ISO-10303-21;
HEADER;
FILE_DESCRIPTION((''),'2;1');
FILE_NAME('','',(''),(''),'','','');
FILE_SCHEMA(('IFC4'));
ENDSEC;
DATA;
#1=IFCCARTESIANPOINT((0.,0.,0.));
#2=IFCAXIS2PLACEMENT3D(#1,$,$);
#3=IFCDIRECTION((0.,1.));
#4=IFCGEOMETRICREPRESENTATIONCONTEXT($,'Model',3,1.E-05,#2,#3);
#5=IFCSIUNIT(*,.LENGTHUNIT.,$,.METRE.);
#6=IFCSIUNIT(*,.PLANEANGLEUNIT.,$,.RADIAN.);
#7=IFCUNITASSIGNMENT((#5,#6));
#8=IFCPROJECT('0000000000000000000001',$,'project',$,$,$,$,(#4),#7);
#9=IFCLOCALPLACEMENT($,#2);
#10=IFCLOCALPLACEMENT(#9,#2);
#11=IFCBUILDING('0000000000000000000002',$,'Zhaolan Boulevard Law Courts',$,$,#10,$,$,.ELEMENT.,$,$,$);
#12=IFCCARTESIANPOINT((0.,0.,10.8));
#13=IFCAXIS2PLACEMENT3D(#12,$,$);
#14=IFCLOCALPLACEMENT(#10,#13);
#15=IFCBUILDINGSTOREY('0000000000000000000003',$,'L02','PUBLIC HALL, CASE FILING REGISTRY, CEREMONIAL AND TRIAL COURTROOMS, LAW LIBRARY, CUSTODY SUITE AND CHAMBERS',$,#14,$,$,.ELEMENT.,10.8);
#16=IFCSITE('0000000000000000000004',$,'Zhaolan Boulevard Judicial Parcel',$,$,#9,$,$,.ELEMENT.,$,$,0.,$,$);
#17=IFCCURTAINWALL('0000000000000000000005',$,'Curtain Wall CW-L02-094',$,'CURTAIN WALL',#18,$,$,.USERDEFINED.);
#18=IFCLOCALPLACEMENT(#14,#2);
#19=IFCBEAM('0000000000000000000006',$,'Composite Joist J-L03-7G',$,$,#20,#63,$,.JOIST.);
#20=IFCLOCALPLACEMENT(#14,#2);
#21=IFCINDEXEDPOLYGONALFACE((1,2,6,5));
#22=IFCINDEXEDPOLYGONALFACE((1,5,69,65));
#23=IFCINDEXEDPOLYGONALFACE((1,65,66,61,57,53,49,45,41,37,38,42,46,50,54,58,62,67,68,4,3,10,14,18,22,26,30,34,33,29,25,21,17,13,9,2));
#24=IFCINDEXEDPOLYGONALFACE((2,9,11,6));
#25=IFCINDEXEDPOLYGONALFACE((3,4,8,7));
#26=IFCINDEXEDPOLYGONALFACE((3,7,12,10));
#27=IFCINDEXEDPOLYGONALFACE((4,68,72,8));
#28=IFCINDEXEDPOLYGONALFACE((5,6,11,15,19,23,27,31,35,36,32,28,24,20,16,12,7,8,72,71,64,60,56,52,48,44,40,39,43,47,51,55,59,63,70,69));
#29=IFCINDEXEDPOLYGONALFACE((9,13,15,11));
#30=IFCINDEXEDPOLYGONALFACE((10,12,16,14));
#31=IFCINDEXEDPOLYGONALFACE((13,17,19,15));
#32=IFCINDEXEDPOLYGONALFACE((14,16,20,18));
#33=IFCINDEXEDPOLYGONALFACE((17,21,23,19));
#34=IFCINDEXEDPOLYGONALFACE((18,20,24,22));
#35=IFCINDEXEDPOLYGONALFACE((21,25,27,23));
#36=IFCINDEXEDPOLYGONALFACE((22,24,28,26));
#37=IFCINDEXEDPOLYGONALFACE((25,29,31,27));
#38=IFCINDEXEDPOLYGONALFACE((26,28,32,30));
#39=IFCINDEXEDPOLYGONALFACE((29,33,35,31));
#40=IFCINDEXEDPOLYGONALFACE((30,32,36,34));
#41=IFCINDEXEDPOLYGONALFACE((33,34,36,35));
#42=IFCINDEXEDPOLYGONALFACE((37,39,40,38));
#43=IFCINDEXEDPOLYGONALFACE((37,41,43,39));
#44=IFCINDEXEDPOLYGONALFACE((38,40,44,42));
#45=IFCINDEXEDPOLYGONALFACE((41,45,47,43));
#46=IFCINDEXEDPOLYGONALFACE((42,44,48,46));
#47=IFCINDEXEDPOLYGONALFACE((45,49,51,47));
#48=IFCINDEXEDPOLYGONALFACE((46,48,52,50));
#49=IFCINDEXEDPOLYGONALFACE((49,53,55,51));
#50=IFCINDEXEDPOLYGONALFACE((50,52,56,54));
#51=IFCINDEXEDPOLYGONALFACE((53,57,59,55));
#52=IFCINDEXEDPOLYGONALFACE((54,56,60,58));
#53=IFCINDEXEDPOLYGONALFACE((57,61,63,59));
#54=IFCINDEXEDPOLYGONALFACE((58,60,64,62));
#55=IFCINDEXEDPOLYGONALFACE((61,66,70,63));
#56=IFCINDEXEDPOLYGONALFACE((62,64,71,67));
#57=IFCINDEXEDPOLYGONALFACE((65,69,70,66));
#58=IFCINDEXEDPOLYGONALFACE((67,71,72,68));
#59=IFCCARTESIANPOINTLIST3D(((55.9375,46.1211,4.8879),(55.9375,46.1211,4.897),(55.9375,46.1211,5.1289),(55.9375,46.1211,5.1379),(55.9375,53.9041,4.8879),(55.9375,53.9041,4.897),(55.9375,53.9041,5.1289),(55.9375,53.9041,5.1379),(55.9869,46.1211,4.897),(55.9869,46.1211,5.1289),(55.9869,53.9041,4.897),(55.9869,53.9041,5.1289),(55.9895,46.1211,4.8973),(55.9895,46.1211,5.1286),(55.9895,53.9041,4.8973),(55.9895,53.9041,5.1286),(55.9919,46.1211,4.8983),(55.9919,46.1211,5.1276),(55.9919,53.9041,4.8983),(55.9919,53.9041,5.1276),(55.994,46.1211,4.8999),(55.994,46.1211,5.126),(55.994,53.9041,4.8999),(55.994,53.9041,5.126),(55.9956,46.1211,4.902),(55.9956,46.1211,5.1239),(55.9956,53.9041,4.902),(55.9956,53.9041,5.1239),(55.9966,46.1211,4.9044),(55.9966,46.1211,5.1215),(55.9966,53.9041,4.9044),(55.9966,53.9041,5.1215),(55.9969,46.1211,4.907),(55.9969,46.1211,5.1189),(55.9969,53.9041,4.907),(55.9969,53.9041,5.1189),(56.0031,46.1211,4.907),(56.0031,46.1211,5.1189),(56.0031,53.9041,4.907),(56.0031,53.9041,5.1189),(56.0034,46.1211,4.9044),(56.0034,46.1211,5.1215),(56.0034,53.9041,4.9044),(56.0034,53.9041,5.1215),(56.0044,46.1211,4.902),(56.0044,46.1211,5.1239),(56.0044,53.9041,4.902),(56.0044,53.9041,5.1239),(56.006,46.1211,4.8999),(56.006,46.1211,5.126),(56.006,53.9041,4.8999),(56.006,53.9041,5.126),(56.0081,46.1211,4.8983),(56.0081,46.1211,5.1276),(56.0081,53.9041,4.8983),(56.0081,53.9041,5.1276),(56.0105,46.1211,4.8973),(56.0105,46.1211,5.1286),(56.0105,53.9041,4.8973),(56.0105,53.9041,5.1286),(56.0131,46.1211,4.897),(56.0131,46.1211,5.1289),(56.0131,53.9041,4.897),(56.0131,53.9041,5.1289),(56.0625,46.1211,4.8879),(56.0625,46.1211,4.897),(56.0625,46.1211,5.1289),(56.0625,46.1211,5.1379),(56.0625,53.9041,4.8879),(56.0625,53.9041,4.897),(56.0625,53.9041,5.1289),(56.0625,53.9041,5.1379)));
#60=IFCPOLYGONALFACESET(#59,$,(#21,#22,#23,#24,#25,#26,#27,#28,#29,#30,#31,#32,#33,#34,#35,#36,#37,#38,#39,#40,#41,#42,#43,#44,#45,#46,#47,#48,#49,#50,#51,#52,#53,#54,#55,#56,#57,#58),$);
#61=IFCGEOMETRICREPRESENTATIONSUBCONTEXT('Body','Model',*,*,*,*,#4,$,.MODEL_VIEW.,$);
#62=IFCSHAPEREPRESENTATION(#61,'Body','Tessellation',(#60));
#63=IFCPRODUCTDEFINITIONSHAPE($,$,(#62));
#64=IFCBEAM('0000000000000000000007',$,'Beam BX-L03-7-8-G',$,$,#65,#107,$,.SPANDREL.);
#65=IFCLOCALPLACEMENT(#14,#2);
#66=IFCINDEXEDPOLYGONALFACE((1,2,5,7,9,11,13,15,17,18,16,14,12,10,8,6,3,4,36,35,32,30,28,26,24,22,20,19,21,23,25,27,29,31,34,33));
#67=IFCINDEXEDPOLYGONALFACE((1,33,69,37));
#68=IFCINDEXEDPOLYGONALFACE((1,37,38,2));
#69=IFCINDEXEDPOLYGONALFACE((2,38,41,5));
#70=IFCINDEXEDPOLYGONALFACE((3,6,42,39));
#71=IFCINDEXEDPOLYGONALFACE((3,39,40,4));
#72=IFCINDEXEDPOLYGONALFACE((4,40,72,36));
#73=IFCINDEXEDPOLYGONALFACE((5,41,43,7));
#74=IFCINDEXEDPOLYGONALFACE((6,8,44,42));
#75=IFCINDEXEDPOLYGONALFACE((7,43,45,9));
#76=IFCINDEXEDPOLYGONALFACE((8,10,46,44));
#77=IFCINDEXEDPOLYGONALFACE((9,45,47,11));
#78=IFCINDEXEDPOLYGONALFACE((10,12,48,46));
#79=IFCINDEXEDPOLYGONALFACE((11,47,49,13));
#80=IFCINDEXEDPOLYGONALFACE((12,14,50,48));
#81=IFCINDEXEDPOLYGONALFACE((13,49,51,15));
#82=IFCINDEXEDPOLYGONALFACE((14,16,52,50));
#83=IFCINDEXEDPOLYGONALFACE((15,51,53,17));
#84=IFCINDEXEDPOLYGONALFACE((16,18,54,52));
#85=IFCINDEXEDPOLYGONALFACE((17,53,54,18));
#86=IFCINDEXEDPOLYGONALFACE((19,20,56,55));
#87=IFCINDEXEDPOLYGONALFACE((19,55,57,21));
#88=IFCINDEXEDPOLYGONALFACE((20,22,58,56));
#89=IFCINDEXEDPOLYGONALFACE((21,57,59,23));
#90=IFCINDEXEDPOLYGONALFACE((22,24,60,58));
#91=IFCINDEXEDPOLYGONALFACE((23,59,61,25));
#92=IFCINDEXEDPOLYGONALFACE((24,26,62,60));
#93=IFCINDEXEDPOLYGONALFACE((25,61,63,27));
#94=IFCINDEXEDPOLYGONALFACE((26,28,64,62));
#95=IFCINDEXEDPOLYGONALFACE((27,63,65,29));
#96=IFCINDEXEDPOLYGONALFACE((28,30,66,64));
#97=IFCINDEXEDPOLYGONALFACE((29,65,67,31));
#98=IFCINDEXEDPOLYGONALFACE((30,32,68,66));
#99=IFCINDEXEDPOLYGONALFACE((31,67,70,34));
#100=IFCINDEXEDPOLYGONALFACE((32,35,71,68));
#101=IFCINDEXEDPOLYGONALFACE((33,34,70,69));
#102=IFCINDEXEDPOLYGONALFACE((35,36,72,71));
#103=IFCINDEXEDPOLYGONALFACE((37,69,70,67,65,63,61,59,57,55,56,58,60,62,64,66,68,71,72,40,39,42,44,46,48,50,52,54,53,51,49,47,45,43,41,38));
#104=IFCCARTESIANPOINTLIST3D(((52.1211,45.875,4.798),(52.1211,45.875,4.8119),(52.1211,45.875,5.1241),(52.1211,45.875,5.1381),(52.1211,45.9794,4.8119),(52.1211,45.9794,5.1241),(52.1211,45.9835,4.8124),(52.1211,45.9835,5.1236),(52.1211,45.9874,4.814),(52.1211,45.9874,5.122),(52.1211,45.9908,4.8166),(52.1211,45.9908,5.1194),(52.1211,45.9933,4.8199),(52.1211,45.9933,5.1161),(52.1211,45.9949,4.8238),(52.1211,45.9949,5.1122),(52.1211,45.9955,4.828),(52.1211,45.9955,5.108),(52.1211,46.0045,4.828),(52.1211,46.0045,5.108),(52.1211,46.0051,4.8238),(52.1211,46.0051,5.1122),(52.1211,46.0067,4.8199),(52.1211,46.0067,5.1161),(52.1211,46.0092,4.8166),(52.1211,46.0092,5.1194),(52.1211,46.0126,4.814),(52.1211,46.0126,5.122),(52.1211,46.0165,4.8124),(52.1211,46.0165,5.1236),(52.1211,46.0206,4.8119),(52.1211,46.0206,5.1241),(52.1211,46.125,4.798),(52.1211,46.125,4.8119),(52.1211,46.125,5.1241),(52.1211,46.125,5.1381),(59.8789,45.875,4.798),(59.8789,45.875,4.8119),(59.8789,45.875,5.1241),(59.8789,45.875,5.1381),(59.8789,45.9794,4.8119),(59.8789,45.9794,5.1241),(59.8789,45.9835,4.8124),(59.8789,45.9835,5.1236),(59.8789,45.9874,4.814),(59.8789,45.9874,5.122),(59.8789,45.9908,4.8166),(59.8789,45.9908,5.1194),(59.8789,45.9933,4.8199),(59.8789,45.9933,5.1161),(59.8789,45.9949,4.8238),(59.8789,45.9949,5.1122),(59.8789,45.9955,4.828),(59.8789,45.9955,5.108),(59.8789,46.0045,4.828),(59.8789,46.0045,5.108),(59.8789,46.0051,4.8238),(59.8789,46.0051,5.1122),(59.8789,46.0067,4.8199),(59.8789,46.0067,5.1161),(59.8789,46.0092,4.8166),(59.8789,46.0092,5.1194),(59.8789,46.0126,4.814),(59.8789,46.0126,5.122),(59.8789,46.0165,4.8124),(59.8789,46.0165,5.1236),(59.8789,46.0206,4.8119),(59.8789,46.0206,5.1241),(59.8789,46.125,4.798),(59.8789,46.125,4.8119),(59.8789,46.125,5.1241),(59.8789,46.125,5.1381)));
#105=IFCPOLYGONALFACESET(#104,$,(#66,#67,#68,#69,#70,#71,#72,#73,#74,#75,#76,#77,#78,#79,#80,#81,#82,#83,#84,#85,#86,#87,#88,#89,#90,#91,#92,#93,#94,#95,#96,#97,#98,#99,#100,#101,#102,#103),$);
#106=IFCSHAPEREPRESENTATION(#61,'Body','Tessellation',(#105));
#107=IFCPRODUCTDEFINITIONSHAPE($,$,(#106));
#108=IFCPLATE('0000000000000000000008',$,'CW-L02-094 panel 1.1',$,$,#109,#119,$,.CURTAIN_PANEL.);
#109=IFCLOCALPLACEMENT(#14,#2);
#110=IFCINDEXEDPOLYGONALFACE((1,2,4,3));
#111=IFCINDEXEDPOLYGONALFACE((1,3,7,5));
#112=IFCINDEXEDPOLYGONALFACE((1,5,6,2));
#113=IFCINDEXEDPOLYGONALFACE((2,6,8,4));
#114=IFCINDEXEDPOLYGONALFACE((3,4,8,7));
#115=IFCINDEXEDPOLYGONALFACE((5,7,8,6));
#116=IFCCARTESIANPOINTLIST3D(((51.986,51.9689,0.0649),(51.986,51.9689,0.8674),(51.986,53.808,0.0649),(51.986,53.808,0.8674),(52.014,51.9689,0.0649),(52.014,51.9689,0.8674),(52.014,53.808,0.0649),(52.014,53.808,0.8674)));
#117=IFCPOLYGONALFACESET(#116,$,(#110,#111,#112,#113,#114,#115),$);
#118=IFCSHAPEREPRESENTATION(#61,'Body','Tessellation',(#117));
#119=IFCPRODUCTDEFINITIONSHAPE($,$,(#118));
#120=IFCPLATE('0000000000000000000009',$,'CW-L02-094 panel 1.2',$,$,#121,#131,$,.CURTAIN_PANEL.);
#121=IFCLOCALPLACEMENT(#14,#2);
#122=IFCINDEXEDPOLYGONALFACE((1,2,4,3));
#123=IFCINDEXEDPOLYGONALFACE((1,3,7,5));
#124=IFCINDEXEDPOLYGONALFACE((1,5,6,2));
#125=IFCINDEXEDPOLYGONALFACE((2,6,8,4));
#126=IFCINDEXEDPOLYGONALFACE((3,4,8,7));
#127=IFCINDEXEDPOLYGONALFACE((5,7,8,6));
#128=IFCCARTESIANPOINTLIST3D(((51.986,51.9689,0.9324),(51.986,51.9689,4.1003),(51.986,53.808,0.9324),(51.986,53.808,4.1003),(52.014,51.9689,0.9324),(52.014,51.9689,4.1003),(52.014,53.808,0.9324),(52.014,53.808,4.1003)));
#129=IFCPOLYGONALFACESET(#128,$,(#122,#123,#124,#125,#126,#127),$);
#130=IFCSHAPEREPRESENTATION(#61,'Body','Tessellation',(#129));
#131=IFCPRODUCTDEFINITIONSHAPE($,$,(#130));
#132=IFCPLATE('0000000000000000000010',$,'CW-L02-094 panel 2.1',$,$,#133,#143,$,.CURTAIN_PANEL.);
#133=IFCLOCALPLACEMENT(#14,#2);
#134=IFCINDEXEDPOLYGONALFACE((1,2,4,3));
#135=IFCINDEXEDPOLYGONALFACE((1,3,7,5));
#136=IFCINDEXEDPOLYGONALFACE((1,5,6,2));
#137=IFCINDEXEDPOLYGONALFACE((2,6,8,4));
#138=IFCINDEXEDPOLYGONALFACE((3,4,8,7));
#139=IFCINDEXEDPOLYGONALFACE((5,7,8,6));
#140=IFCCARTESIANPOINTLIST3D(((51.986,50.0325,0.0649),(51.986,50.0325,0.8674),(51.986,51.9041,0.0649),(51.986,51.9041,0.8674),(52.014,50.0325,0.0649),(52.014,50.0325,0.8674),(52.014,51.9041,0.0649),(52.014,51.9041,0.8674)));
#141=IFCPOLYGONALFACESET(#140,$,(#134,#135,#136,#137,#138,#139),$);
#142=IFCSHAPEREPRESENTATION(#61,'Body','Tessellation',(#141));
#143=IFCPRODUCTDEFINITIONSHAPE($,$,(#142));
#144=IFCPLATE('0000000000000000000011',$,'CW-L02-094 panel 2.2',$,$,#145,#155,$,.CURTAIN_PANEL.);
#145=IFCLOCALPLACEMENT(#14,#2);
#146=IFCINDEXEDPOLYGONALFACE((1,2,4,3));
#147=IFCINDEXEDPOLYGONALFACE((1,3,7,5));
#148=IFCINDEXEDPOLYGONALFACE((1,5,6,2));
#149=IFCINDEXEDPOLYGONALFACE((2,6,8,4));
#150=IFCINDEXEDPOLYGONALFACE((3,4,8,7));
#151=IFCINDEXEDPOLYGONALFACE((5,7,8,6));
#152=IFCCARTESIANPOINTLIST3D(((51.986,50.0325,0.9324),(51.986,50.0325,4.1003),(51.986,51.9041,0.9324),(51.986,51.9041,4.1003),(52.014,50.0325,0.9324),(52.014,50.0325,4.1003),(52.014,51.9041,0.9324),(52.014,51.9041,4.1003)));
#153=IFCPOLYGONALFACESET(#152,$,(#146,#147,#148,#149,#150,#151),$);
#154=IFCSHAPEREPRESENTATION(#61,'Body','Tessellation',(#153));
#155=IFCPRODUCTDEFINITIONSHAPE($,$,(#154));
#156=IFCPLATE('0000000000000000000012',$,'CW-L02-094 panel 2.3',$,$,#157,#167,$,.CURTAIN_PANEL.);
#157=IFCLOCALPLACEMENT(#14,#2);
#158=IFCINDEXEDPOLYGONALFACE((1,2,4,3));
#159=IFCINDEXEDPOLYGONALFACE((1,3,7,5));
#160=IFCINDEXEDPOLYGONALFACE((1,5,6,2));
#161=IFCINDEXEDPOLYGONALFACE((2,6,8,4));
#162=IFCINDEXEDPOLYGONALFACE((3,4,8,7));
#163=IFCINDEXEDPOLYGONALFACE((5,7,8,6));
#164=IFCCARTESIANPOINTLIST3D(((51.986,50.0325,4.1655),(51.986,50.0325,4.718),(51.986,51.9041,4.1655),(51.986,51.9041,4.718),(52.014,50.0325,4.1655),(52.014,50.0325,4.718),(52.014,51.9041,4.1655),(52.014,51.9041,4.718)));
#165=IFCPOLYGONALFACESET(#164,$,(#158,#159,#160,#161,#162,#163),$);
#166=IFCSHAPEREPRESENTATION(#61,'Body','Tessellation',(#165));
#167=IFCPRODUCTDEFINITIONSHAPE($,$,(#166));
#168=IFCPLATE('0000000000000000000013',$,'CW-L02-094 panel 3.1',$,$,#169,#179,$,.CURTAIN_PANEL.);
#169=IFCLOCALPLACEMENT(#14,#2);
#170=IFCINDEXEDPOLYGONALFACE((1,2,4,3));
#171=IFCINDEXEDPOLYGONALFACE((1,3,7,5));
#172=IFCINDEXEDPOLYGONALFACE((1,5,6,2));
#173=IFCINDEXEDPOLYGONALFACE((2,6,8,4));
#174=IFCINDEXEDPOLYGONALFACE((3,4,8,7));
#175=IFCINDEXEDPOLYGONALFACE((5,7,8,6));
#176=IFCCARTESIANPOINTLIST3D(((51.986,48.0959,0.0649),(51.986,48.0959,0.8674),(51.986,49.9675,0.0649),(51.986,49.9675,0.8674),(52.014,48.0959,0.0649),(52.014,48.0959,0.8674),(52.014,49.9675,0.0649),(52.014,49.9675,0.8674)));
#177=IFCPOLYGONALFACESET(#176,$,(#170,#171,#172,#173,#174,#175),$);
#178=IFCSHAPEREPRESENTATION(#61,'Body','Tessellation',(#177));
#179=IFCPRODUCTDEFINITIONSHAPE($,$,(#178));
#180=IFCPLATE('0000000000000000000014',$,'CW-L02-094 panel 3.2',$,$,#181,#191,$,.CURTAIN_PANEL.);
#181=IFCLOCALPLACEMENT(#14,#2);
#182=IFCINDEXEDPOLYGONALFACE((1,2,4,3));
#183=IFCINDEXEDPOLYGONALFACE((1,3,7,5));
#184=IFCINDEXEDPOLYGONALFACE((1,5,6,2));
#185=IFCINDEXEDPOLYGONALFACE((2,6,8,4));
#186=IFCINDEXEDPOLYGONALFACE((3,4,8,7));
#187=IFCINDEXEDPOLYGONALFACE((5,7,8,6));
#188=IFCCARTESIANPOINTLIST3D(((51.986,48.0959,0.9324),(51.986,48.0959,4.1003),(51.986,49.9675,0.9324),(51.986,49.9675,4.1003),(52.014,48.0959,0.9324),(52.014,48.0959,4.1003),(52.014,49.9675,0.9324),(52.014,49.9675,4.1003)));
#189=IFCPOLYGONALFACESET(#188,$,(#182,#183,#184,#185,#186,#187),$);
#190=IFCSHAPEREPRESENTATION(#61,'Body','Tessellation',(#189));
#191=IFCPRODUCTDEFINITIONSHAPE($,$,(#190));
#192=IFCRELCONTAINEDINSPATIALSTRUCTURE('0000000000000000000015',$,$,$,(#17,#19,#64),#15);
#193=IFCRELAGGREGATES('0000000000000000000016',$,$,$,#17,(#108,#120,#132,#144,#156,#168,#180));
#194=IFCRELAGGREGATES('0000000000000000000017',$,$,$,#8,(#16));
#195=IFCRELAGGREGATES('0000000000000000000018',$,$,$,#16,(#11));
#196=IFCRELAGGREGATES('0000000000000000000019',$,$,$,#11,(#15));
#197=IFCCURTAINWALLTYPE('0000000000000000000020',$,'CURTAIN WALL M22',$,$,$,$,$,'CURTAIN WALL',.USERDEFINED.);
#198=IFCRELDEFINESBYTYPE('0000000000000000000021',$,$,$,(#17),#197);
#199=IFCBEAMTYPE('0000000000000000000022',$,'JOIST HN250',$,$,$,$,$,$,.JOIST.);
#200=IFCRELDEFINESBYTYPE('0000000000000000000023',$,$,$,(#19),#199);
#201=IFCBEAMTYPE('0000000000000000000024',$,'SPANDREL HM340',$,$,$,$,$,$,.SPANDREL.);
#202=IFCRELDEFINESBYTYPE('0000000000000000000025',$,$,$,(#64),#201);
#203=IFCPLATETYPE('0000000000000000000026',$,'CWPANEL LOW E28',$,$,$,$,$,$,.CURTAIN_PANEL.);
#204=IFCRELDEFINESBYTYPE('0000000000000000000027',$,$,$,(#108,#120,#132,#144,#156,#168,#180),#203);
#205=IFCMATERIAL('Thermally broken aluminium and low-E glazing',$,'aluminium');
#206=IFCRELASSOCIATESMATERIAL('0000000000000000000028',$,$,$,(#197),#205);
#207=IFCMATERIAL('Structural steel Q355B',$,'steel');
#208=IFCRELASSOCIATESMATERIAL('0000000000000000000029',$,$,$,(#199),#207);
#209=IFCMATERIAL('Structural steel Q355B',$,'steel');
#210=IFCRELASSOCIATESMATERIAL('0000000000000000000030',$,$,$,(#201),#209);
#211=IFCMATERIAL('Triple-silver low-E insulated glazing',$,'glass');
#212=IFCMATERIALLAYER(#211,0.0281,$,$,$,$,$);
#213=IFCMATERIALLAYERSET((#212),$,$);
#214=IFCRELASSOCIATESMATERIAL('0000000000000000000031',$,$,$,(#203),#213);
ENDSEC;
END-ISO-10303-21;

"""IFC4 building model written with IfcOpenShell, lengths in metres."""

from ifc_helpers import new_model, si_unit, direction, frame, origin, origin_2d, place, context, subcontext, project, spatial, rectangle, i_section, extrude, material, layer, layer_set, material_profile, profile_set, type_object, element, aggregate, save


model = new_model("IFC4")

# Units and contexts
model_context = context("Model", 3, precision=1e-05, world=origin(), true_north=direction((0.0, 1.0)))
body_context = subcontext(model_context, "Body", "Model", "MODEL_VIEW")
ifc_project = project(units=[si_unit("LENGTHUNIT", "METRE"), si_unit("PLANEANGLEUNIT", "RADIAN")], contexts=[model_context])

# Site, building, storey
site_placement = place(None, origin())
site = spatial("IfcSite", under=ifc_project, at=site_placement, Name="Zhaolan Boulevard Judicial Parcel", CompositionType="ELEMENT", RefElevation=0.0)
building_placement = place(site_placement, origin())
building = spatial("IfcBuilding", under=site, at=building_placement, Name="Zhaolan Boulevard Law Courts", CompositionType="ELEMENT")
storey_placement = place(building_placement, frame((0.0, 0.0, 10.8)))
storey = spatial("IfcBuildingStorey", under=building, at=storey_placement, Name="L02", Description="PUBLIC HALL, CASE FILING REGISTRY, CEREMONIAL AND TRIAL COURTROOMS, LAW LIBRARY, CUSTODY SUITE AND CHAMBERS", CompositionType="ELEMENT", Elevation=10.8)

# Curtain wall
ifc_material_1 = material(Name="Thermally broken aluminium and low-E glazing", Category="aluminium")
curtain_wall_type = type_object("IfcCurtainWallType", Name="CURTAIN WALL M22", ElementType="CURTAIN WALL", PredefinedType="USERDEFINED", material=ifc_material_1)
curtain_wall_placement = place(storey_placement, origin())
curtain_wall = element("IfcCurtainWall", 1, at=curtain_wall_placement, inside=storey, type_object=curtain_wall_type, Name="Curtain Wall CW-L02-094", ObjectType="CURTAIN WALL", PredefinedType="USERDEFINED")

# Beams
ifc_material_2 = material(Name="Structural steel Q355B", Category="steel")
ifc_material_profile_1 = material_profile(ifc_material_2, i_section(OverallWidth=0.125, OverallDepth=0.25, WebThickness=0.0061, FlangeThickness=0.009, FilletRadius=0.01, at=origin_2d()), Name="HN250x125")
ifc_profile_set_1 = profile_set([ifc_material_profile_1], Name="Structural steel Q355B")
beam_type_1 = type_object("IfcBeamType", Name="JOIST HN250", PredefinedType="JOIST", material=ifc_profile_set_1)
beam_1_placement = place(storey_placement, frame((56.0, 46.1211, 5.0129), z_axis=(0.0, 1.0, 0.0), x_axis=(-1.0, 0.0, 0.0)))
element("IfcBeam", 2, at=beam_1_placement, inside=storey, type_object=beam_type_1, Name="Composite Joist J-L03-7G", PredefinedType="JOIST", context=body_context, shape_type="SweptSolid", body=[
    extrude(i_section(OverallWidth=0.125, OverallDepth=0.25, WebThickness=0.0061, FlangeThickness=0.009, FilletRadius=0.01, at=origin_2d()), origin(), (0.0, 0.0, 1.0), 7.783),
])
ifc_material_3 = material(Name="Structural steel Q355B", Category="steel")
ifc_material_profile_2 = material_profile(ifc_material_3, i_section(OverallWidth=0.25, OverallDepth=0.3401, WebThickness=0.009, FlangeThickness=0.0139, FilletRadius=0.0161, at=origin_2d()), Name="HM340x250")
ifc_profile_set_2 = profile_set([ifc_material_profile_2], Name="Structural steel Q355B")
beam_type_2 = type_object("IfcBeamType", Name="SPANDREL HM340", PredefinedType="SPANDREL", material=ifc_profile_set_2)
beam_2_placement = place(storey_placement, frame((52.1211, 46.0, 4.968), z_axis=(1.0, 0.0, 0.0), x_axis=(0.0, 1.0, 0.0)))
element("IfcBeam", 3, at=beam_2_placement, inside=storey, type_object=beam_type_2, Name="Beam BX-L03-7-8-G", PredefinedType="SPANDREL", context=body_context, shape_type="SweptSolid", body=[
    extrude(i_section(OverallWidth=0.25, OverallDepth=0.3401, WebThickness=0.009, FlangeThickness=0.0139, FilletRadius=0.0161, at=origin_2d()), origin(), (0.0, 0.0, 1.0), 7.7578),
])

# Plates
ifc_material_4 = material(Name="Triple-silver low-E insulated glazing", Category="glass")
ifc_layer = layer(ifc_material_4, 0.0281)
ifc_layer_set = layer_set([ifc_layer])
plate_type = type_object("IfcPlateType", Name="CWPANEL LOW E28", PredefinedType="CURTAIN_PANEL", material=ifc_layer_set)
plate_1_placement = place(storey_placement, frame((52.0, 52.8884, 0.0649), z_axis=(0.0, 0.0, 1.0), x_axis=(0.0, -1.0, 0.0)))
plate_1 = element("IfcPlate", 4, at=plate_1_placement, type_object=plate_type, Name="CW-L02-094 panel 1.1", PredefinedType="CURTAIN_PANEL", context=body_context, shape_type="SweptSolid", body=[
    extrude(rectangle(XDim=1.8391, YDim=0.0281, at=origin_2d()), origin(), (0.0, 0.0, 1.0), 0.8025),
])
plate_2_placement = place(storey_placement, frame((52.0, 52.8884, 0.9324), z_axis=(0.0, 0.0, 1.0), x_axis=(0.0, -1.0, 0.0)))
plate_2 = element("IfcPlate", 5, at=plate_2_placement, type_object=plate_type, Name="CW-L02-094 panel 1.2", PredefinedType="CURTAIN_PANEL", context=body_context, shape_type="SweptSolid", body=[
    extrude(rectangle(XDim=1.8391, YDim=0.0281, at=origin_2d()), origin(), (0.0, 0.0, 1.0), 3.168),
])
plate_3_placement = place(storey_placement, frame((52.0, 50.9683, 0.0649), z_axis=(0.0, 0.0, 1.0), x_axis=(0.0, -1.0, 0.0)))
plate_3 = element("IfcPlate", 6, at=plate_3_placement, type_object=plate_type, Name="CW-L02-094 panel 2.1", PredefinedType="CURTAIN_PANEL", context=body_context, shape_type="SweptSolid", body=[
    extrude(rectangle(XDim=1.8716, YDim=0.0281, at=origin_2d()), origin(), (0.0, 0.0, 1.0), 0.8025),
])
plate_4_placement = place(storey_placement, frame((52.0, 50.9683, 0.9324), z_axis=(0.0, 0.0, 1.0), x_axis=(0.0, -1.0, 0.0)))
plate_4 = element("IfcPlate", 7, at=plate_4_placement, type_object=plate_type, Name="CW-L02-094 panel 2.2", PredefinedType="CURTAIN_PANEL", context=body_context, shape_type="SweptSolid", body=[
    extrude(rectangle(XDim=1.8716, YDim=0.0281, at=origin_2d()), origin(), (0.0, 0.0, 1.0), 3.168),
])
plate_5_placement = place(storey_placement, frame((52.0, 50.9683, 4.1655), z_axis=(0.0, 0.0, 1.0), x_axis=(0.0, -1.0, 0.0)))
plate_5 = element("IfcPlate", 8, at=plate_5_placement, type_object=plate_type, Name="CW-L02-094 panel 2.3", PredefinedType="CURTAIN_PANEL", context=body_context, shape_type="SweptSolid", body=[
    extrude(rectangle(XDim=1.8716, YDim=0.0281, at=origin_2d()), origin(), (0.0, 0.0, 1.0), 0.5525),
])
plate_6_placement = place(storey_placement, frame((52.0, 49.0317, 0.0649), z_axis=(0.0, 0.0, 1.0), x_axis=(0.0, -1.0, 0.0)))
plate_6 = element("IfcPlate", 9, at=plate_6_placement, type_object=plate_type, Name="CW-L02-094 panel 3.1", PredefinedType="CURTAIN_PANEL", context=body_context, shape_type="SweptSolid", body=[
    extrude(rectangle(XDim=1.8716, YDim=0.0281, at=origin_2d()), origin(), (0.0, 0.0, 1.0), 0.8025),
])
plate_7_placement = place(storey_placement, frame((52.0, 49.0317, 0.9324), z_axis=(0.0, 0.0, 1.0), x_axis=(0.0, -1.0, 0.0)))
plate_7 = element("IfcPlate", 10, at=plate_7_placement, type_object=plate_type, Name="CW-L02-094 panel 3.2", PredefinedType="CURTAIN_PANEL", context=body_context, shape_type="SweptSolid", body=[
    extrude(rectangle(XDim=1.8716, YDim=0.0281, at=origin_2d()), origin(), (0.0, 0.0, 1.0), 3.168),
])
aggregate(curtain_wall, [plate_1, plate_2, plate_3, plate_4, plate_5, plate_6, plate_7])

save(model, "model.ifc")
